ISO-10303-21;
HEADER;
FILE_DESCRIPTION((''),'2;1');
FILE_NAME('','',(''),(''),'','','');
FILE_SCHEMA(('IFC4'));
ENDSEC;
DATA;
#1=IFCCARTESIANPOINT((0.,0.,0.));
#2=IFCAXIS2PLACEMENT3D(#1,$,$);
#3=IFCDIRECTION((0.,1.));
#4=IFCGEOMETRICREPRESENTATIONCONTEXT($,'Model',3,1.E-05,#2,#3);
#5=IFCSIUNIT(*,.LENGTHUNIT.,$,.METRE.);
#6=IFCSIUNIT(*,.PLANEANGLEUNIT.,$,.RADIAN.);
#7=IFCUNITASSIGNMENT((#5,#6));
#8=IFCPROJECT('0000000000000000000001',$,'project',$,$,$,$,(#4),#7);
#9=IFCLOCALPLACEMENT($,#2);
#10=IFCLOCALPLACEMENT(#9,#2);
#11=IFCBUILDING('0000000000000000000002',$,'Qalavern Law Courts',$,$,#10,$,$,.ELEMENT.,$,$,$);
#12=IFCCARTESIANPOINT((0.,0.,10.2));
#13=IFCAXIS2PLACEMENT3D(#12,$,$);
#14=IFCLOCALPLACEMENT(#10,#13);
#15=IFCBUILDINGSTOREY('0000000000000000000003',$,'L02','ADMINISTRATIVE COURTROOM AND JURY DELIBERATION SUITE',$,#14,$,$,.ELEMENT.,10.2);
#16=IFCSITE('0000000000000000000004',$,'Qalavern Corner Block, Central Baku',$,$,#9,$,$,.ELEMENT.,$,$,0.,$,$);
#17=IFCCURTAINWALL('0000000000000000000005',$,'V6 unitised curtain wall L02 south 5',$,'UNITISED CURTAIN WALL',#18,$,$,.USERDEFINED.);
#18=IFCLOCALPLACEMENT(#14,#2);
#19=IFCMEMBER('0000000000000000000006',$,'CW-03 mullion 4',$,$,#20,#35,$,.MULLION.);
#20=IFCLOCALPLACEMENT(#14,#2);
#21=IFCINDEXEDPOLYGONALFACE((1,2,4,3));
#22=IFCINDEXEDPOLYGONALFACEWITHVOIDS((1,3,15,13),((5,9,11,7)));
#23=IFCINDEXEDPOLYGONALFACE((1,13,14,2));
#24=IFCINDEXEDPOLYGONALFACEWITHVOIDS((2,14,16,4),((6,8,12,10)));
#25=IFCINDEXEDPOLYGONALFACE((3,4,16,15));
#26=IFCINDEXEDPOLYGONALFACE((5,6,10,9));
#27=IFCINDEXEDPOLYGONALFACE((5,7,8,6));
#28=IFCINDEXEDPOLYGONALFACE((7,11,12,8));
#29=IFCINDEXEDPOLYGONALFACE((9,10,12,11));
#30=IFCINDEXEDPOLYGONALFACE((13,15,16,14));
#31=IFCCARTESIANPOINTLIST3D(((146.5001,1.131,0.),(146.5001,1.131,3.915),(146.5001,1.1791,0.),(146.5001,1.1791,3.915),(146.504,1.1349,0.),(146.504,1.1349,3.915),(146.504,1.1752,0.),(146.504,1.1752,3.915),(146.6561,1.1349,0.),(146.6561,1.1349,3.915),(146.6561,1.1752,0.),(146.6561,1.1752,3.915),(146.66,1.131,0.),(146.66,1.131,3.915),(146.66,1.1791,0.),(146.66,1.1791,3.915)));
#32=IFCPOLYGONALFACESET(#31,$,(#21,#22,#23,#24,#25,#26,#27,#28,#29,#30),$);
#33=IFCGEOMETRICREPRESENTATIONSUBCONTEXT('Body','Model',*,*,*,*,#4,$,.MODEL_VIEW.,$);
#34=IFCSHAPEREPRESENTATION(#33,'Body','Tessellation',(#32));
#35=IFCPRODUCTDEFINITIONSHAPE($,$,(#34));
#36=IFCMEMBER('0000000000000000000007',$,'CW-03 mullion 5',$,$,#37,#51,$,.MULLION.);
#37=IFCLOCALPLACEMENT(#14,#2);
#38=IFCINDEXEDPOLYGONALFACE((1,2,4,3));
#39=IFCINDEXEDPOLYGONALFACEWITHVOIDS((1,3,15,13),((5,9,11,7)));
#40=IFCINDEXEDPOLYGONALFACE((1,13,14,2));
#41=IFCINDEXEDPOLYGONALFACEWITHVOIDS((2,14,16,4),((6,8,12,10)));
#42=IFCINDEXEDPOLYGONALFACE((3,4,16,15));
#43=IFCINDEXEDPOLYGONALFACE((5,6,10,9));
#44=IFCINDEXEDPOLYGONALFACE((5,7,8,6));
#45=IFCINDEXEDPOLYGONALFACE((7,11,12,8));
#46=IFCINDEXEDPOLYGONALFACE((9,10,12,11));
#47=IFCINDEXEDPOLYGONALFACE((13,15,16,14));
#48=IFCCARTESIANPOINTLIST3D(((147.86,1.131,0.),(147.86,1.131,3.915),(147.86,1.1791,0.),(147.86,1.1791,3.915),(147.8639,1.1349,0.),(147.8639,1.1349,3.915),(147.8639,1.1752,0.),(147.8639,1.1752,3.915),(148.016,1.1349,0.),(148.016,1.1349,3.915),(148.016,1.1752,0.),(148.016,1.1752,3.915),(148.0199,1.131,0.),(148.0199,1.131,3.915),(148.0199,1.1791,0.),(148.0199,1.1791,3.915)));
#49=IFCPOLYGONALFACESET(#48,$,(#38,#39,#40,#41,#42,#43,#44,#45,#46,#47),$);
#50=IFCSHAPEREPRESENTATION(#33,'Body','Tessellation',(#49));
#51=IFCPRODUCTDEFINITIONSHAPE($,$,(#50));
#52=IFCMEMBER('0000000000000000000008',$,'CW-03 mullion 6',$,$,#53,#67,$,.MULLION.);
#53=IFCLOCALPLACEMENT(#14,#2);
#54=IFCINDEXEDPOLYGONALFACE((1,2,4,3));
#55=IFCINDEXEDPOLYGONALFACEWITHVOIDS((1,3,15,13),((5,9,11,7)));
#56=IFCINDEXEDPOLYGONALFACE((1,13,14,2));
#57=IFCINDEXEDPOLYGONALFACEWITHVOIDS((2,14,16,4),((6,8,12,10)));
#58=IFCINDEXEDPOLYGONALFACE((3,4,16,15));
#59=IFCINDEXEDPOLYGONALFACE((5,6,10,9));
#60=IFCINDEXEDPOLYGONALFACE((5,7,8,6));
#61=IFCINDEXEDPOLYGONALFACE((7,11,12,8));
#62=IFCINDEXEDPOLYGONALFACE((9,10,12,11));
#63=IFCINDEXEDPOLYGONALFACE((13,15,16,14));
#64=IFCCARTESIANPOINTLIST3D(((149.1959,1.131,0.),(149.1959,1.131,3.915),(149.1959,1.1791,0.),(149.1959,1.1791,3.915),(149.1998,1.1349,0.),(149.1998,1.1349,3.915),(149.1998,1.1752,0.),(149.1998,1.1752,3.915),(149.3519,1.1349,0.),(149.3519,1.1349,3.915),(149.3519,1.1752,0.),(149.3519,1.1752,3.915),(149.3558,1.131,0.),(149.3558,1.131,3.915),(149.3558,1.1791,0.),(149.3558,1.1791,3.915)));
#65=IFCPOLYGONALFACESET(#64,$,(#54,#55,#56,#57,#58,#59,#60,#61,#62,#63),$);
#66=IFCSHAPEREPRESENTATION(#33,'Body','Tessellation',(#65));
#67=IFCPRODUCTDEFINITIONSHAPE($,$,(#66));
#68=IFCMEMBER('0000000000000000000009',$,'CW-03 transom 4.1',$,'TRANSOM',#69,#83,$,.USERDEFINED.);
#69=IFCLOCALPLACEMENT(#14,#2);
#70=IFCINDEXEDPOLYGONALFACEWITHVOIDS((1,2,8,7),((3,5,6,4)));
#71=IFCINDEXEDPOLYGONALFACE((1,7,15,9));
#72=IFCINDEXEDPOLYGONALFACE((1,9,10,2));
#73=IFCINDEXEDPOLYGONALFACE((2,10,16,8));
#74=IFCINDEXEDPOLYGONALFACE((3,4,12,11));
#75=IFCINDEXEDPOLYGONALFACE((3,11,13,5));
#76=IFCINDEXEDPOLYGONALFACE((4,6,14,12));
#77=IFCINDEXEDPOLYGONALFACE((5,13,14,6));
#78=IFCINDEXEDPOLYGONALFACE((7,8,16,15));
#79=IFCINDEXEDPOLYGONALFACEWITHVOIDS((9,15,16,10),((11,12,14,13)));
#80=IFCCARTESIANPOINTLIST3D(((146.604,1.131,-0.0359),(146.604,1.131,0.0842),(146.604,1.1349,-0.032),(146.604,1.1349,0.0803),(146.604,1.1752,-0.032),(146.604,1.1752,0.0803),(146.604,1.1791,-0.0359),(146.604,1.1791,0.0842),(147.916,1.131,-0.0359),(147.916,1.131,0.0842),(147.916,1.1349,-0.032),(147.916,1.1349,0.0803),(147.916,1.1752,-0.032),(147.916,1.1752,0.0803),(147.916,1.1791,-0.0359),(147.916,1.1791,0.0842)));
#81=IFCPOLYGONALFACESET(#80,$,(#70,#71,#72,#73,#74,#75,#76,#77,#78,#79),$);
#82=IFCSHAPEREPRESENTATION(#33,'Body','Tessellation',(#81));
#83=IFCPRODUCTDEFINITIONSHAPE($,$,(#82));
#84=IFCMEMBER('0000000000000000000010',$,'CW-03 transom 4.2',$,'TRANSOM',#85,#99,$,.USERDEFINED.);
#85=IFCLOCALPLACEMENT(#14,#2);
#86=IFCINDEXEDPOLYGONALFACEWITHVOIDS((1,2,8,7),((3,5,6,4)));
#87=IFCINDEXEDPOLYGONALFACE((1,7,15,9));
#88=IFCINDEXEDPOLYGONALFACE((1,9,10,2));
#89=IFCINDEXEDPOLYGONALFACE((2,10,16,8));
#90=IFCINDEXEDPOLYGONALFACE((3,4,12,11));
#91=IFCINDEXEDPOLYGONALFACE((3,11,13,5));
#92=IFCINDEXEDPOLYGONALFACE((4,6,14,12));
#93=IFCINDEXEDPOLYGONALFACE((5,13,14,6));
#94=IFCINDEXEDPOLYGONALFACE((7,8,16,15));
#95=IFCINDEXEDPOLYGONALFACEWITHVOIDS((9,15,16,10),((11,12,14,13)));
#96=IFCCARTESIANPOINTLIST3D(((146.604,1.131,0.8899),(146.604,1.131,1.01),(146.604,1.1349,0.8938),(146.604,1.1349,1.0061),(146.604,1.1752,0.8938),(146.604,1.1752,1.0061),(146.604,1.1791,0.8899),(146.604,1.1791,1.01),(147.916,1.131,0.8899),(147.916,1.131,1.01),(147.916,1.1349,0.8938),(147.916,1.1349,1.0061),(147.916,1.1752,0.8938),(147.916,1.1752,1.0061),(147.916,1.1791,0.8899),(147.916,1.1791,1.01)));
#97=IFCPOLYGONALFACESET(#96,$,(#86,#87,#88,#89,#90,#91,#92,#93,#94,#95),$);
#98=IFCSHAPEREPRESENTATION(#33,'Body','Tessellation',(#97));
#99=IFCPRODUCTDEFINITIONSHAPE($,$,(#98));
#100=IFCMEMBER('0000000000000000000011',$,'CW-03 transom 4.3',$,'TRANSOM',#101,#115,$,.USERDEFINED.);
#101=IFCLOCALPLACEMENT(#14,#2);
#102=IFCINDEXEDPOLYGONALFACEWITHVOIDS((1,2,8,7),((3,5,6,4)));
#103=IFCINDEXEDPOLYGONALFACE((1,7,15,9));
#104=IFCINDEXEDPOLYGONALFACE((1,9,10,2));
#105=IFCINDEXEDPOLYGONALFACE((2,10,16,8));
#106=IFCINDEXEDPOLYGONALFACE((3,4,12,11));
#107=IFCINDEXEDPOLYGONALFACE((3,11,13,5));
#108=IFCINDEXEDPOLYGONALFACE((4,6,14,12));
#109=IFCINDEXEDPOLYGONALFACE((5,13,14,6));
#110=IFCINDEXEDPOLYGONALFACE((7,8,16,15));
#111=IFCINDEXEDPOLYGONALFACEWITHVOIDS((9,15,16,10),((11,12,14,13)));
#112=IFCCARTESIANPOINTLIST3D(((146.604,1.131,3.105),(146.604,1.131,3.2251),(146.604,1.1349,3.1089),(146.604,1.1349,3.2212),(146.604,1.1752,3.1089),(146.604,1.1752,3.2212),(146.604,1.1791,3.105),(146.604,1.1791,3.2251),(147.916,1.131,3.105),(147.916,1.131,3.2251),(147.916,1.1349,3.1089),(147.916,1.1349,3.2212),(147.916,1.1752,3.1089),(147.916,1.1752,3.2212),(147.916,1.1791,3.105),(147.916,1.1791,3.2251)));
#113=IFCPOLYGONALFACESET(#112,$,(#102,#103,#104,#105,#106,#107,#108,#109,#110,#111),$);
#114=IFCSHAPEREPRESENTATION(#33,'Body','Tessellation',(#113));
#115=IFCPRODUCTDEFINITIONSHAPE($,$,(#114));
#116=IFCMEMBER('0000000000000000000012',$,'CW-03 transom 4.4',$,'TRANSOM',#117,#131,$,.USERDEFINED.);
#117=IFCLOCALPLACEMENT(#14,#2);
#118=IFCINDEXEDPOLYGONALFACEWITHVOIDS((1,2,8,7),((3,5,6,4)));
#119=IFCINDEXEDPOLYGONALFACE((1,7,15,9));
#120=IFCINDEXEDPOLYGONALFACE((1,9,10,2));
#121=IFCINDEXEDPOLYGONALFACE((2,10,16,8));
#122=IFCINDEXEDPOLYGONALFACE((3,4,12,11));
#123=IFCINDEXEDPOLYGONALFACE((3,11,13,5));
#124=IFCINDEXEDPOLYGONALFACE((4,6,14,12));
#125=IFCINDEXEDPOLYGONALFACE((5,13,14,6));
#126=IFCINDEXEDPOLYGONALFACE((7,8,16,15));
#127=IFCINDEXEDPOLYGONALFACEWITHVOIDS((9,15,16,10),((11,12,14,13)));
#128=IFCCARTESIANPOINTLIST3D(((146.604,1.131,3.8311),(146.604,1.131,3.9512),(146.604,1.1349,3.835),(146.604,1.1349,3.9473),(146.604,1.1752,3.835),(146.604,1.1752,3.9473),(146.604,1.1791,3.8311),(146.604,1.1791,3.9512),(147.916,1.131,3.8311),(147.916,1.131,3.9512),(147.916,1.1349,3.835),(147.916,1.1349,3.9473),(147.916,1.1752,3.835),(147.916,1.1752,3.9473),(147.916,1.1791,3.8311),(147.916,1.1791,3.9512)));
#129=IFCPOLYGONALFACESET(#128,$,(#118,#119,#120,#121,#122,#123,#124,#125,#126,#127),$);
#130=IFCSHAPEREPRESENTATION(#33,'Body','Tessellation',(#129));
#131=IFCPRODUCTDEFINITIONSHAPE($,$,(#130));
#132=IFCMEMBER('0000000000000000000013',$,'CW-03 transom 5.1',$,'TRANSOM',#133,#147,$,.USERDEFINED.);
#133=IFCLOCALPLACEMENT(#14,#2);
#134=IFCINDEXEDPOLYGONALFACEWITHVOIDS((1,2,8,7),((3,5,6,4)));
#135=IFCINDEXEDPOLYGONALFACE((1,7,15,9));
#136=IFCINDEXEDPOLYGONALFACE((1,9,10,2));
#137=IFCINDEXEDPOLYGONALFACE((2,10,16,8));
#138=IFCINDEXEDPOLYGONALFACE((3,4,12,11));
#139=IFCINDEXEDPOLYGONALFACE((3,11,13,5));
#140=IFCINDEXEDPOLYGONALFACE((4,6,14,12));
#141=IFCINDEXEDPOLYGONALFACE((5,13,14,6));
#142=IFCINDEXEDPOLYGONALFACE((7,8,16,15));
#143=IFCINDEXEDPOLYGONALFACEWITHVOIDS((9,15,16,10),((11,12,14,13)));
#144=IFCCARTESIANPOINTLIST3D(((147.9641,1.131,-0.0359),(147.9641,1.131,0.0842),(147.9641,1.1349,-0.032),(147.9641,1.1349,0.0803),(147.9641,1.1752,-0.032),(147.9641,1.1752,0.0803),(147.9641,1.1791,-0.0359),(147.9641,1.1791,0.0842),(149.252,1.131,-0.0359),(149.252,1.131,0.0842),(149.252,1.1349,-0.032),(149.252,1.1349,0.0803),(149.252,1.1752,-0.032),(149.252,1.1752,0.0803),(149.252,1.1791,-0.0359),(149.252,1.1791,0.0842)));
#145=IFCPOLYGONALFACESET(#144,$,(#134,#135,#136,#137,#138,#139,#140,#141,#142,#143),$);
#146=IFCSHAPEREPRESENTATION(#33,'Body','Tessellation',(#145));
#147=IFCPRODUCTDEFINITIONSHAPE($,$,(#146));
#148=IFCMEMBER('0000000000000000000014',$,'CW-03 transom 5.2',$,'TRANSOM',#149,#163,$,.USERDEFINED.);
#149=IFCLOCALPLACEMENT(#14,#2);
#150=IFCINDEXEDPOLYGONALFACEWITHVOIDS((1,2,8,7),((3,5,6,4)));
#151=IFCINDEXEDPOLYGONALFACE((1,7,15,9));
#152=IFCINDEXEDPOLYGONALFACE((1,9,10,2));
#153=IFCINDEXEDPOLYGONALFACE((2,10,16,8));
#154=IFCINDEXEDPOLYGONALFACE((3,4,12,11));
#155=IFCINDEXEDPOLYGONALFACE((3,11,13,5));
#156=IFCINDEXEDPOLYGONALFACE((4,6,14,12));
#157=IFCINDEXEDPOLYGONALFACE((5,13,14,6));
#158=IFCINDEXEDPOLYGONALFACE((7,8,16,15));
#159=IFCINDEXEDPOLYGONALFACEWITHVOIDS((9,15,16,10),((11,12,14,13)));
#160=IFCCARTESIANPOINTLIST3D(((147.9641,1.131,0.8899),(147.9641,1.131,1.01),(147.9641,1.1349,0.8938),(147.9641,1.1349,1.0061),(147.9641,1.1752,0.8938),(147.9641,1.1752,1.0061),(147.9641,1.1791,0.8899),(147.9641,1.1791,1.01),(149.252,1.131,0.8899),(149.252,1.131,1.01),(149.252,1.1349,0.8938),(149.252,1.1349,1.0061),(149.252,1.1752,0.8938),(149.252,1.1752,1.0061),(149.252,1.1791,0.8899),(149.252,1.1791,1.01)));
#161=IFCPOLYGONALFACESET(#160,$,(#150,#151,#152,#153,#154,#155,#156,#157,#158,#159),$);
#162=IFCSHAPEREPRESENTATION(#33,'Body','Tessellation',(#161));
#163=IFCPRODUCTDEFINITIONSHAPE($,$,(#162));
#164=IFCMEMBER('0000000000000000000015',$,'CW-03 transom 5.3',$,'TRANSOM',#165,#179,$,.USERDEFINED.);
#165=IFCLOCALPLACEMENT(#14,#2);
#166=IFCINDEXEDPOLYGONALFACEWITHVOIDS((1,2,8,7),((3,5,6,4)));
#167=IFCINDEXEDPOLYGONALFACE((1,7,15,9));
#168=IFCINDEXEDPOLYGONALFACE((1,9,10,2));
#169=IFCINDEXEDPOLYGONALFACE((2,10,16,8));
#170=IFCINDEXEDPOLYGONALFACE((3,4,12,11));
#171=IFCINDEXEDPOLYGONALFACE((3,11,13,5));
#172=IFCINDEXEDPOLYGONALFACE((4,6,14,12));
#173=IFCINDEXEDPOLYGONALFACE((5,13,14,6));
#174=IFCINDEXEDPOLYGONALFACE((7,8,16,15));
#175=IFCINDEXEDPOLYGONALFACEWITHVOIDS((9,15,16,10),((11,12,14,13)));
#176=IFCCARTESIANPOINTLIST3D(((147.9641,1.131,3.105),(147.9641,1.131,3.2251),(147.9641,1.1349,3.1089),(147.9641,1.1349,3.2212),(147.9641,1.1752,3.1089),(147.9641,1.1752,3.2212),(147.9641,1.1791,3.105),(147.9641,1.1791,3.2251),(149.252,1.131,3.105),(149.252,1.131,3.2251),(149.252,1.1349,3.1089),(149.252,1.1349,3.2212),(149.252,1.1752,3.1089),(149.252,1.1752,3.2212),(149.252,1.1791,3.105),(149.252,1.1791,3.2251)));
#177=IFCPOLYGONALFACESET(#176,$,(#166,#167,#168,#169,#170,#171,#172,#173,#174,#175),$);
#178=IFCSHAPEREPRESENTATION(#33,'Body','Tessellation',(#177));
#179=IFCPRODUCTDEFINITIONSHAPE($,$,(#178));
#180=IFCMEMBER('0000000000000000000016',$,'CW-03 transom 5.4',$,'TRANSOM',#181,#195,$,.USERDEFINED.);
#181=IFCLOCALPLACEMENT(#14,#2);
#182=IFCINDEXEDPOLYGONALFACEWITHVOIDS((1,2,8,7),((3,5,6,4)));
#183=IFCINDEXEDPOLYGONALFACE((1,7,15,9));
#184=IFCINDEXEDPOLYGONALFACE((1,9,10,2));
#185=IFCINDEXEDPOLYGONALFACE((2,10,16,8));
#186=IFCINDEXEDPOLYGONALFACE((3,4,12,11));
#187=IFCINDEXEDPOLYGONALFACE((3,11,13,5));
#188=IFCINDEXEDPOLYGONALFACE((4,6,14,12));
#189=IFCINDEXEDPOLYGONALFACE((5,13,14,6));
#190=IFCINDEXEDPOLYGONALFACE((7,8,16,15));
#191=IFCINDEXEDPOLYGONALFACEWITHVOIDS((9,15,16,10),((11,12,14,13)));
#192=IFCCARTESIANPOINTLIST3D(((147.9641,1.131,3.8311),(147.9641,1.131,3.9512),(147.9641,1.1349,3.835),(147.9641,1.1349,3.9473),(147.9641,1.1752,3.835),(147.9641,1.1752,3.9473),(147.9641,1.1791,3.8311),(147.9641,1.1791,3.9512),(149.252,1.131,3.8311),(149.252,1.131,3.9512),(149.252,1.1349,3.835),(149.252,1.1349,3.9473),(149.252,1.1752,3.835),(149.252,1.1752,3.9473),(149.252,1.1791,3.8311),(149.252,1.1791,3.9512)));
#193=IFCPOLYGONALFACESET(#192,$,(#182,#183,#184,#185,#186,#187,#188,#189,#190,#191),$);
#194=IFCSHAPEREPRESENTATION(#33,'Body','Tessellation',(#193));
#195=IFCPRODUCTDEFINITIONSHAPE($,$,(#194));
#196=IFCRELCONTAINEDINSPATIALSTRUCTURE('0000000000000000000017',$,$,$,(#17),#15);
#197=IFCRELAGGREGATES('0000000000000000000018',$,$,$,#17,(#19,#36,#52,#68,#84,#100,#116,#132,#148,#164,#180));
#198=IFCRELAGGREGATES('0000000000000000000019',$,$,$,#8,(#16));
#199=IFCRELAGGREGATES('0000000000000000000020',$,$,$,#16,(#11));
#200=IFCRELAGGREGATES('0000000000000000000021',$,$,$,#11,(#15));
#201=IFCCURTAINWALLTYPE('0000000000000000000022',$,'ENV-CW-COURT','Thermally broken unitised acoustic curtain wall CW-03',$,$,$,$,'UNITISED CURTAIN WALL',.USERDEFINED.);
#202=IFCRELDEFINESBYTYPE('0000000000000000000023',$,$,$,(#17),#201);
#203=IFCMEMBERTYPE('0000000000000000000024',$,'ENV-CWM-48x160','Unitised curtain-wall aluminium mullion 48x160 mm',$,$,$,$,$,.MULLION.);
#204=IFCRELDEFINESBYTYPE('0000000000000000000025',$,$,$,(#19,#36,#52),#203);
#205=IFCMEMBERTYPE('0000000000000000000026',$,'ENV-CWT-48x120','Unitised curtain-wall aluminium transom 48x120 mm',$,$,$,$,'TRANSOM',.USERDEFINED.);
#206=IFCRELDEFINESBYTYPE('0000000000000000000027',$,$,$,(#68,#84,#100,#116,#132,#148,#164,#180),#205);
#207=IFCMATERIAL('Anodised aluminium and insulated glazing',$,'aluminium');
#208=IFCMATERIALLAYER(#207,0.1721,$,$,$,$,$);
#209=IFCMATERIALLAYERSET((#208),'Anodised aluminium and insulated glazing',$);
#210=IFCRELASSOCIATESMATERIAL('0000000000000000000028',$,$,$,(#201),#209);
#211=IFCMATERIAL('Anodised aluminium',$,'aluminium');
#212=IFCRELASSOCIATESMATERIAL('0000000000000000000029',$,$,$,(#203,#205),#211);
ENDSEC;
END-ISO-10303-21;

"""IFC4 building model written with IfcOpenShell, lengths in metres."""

from ifc_helpers import new_model, si_unit, direction, frame, origin, origin_2d, place, context, subcontext, project, spatial, hollow_rectangle, extrude, material, layer, layer_set, material_profile, profile_set, type_object, element, aggregate, save


model = new_model("IFC4")

# Units and contexts
model_context = context("Model", 3, precision=1e-05, world=origin(), true_north=direction((0.0, 1.0)))
body_context = subcontext(model_context, "Body", "Model", "MODEL_VIEW")
ifc_project = project(units=[si_unit("LENGTHUNIT", "METRE"), si_unit("PLANEANGLEUNIT", "RADIAN")], contexts=[model_context])

# Site, building, storey
site_placement = place(None, origin())
site = spatial("IfcSite", under=ifc_project, at=site_placement, Name="Qalavern Corner Block, Central Baku", CompositionType="ELEMENT", RefElevation=0.0)
building_placement = place(site_placement, origin())
building = spatial("IfcBuilding", under=site, at=building_placement, Name="Qalavern Law Courts", CompositionType="ELEMENT")
storey_placement = place(building_placement, frame((0.0, 0.0, 10.2)))
storey = spatial("IfcBuildingStorey", under=building, at=storey_placement, Name="L02", Description="ADMINISTRATIVE COURTROOM AND JURY DELIBERATION SUITE", CompositionType="ELEMENT", Elevation=10.2)

# Curtain wall, members
ifc_material_1 = material(Name="Anodised aluminium and insulated glazing", Category="aluminium")
ifc_layer_1 = layer(ifc_material_1, 0.1721)
ifc_layer_set_1 = layer_set([ifc_layer_1], Name="Anodised aluminium and insulated glazing")
curtain_wall_type = type_object("IfcCurtainWallType", Name="ENV-CW-COURT", Description="Thermally broken unitised acoustic curtain wall CW-03", ElementType="UNITISED CURTAIN WALL", PredefinedType="USERDEFINED", material=ifc_layer_set_1)
curtain_wall_placement = place(storey_placement, origin())
curtain_wall = element("IfcCurtainWall", 1, at=curtain_wall_placement, inside=storey, type_object=curtain_wall_type, Name="V6 unitised curtain wall L02 south 5", ObjectType="UNITISED CURTAIN WALL", PredefinedType="USERDEFINED")
ifc_material_2 = material(Name="Anodised aluminium", Category="aluminium")
ifc_material_profile_1 = material_profile(ifc_material_2, hollow_rectangle(XDim=0.0481, YDim=0.1599, WallThickness=0.0039, at=origin_2d()), Name="ALU MULLION 48x160")
ifc_profile_set_1 = profile_set([ifc_material_profile_1], Name="Anodised aluminium")
member_type_1 = type_object("IfcMemberType", Name="ENV-CWM-48x160", Description="Unitised curtain-wall aluminium mullion 48x160 mm", PredefinedType="MULLION", material=ifc_profile_set_1)
member_1_placement = place(storey_placement, frame((146.5801, 1.155, 0.0), z_axis=(0.0, 0.0, 1.0), x_axis=(0.0, 1.0, 0.0)))
member_1 = element("IfcMember", 2, at=member_1_placement, type_object=member_type_1, Name="CW-03 mullion 4", PredefinedType="MULLION", context=body_context, shape_type="SweptSolid", body=[
    extrude(hollow_rectangle(XDim=0.0481, YDim=0.1599, WallThickness=0.0039, at=origin_2d()), origin(), (0.0, 0.0, 1.0), 3.915),
])
member_2_placement = place(storey_placement, frame((147.9399, 1.155, 0.0), z_axis=(0.0, 0.0, 1.0), x_axis=(0.0, 1.0, 0.0)))
member_2 = element("IfcMember", 3, at=member_2_placement, type_object=member_type_1, Name="CW-03 mullion 5", PredefinedType="MULLION", context=body_context, shape_type="SweptSolid", body=[
    extrude(hollow_rectangle(XDim=0.0481, YDim=0.1599, WallThickness=0.0039, at=origin_2d()), origin(), (0.0, 0.0, 1.0), 3.915),
])
member_3_placement = place(storey_placement, frame((149.2759, 1.155, 0.0), z_axis=(0.0, 0.0, 1.0), x_axis=(0.0, 1.0, 0.0)))
member_3 = element("IfcMember", 4, at=member_3_placement, type_object=member_type_1, Name="CW-03 mullion 6", PredefinedType="MULLION", context=body_context, shape_type="SweptSolid", body=[
    extrude(hollow_rectangle(XDim=0.0481, YDim=0.1599, WallThickness=0.0039, at=origin_2d()), origin(), (0.0, 0.0, 1.0), 3.915),
])
ifc_material_profile_2 = material_profile(ifc_material_2, hollow_rectangle(XDim=0.0481, YDim=0.1201, WallThickness=0.0039, at=origin_2d()), Name="ALU TRANSOM 48x120")
ifc_profile_set_2 = profile_set([ifc_material_profile_2], Name="Anodised aluminium")
member_type_2 = type_object("IfcMemberType", Name="ENV-CWT-48x120", Description="Unitised curtain-wall aluminium transom 48x120 mm", ElementType="TRANSOM", PredefinedType="USERDEFINED", material=ifc_profile_set_2)
member_4_placement = place(storey_placement, frame((146.604, 1.155, 0.0242), z_axis=(1.0, 0.0, 0.0), x_axis=(0.0, 1.0, 0.0)))
member_4 = element("IfcMember", 5, at=member_4_placement, type_object=member_type_2, Name="CW-03 transom 4.1", ObjectType="TRANSOM", PredefinedType="USERDEFINED", context=body_context, shape_type="SweptSolid", body=[
    extrude(hollow_rectangle(XDim=0.0481, YDim=0.1201, WallThickness=0.0039, at=origin_2d()), origin(), (0.0, 0.0, 1.0), 1.312),
])
member_5_placement = place(storey_placement, frame((146.604, 1.155, 0.95), z_axis=(1.0, 0.0, 0.0), x_axis=(0.0, 1.0, 0.0)))
member_5 = element("IfcMember", 6, at=member_5_placement, type_object=member_type_2, Name="CW-03 transom 4.2", ObjectType="TRANSOM", PredefinedType="USERDEFINED", context=body_context, shape_type="SweptSolid", body=[
    extrude(hollow_rectangle(XDim=0.0481, YDim=0.1201, WallThickness=0.0039, at=origin_2d()), origin(), (0.0, 0.0, 1.0), 1.312),
])
member_6_placement = place(storey_placement, frame((146.604, 1.155, 3.165), z_axis=(1.0, 0.0, 0.0), x_axis=(0.0, 1.0, 0.0)))
member_6 = element("IfcMember", 7, at=member_6_placement, type_object=member_type_2, Name="CW-03 transom 4.3", ObjectType="TRANSOM", PredefinedType="USERDEFINED", context=body_context, shape_type="SweptSolid", body=[
    extrude(hollow_rectangle(XDim=0.0481, YDim=0.1201, WallThickness=0.0039, at=origin_2d()), origin(), (0.0, 0.0, 1.0), 1.312),
])
member_7_placement = place(storey_placement, frame((146.604, 1.155, 3.8911), z_axis=(1.0, 0.0, 0.0), x_axis=(0.0, 1.0, 0.0)))
member_7 = element("IfcMember", 8, at=member_7_placement, type_object=member_type_2, Name="CW-03 transom 4.4", ObjectType="TRANSOM", PredefinedType="USERDEFINED", context=body_context, shape_type="SweptSolid", body=[
    extrude(hollow_rectangle(XDim=0.0481, YDim=0.1201, WallThickness=0.0039, at=origin_2d()), origin(), (0.0, 0.0, 1.0), 1.312),
])
member_8_placement = place(storey_placement, frame((147.9641, 1.155, 0.0242), z_axis=(1.0, 0.0, 0.0), x_axis=(0.0, 1.0, 0.0)))
member_8 = element("IfcMember", 9, at=member_8_placement, type_object=member_type_2, Name="CW-03 transom 5.1", ObjectType="TRANSOM", PredefinedType="USERDEFINED", context=body_context, shape_type="SweptSolid", body=[
    extrude(hollow_rectangle(XDim=0.0481, YDim=0.1201, WallThickness=0.0039, at=origin_2d()), origin(), (0.0, 0.0, 1.0), 1.2878),
])
member_9_placement = place(storey_placement, frame((147.9641, 1.155, 0.95), z_axis=(1.0, 0.0, 0.0), x_axis=(0.0, 1.0, 0.0)))
member_9 = element("IfcMember", 10, at=member_9_placement, type_object=member_type_2, Name="CW-03 transom 5.2", ObjectType="TRANSOM", PredefinedType="USERDEFINED", context=body_context, shape_type="SweptSolid", body=[
    extrude(hollow_rectangle(XDim=0.0481, YDim=0.1201, WallThickness=0.0039, at=origin_2d()), origin(), (0.0, 0.0, 1.0), 1.2878),
])
member_10_placement = place(storey_placement, frame((147.9641, 1.155, 3.165), z_axis=(1.0, 0.0, 0.0), x_axis=(0.0, 1.0, 0.0)))
member_10 = element("IfcMember", 11, at=member_10_placement, type_object=member_type_2, Name="CW-03 transom 5.3", ObjectType="TRANSOM", PredefinedType="USERDEFINED", context=body_context, shape_type="SweptSolid", body=[
    extrude(hollow_rectangle(XDim=0.0481, YDim=0.1201, WallThickness=0.0039, at=origin_2d()), origin(), (0.0, 0.0, 1.0), 1.2878),
])
member_11_placement = place(storey_placement, frame((147.9641, 1.155, 3.8911), z_axis=(1.0, 0.0, 0.0), x_axis=(0.0, 1.0, 0.0)))
member_11 = element("IfcMember", 12, at=member_11_placement, type_object=member_type_2, Name="CW-03 transom 5.4", ObjectType="TRANSOM", PredefinedType="USERDEFINED", context=body_context, shape_type="SweptSolid", body=[
    extrude(hollow_rectangle(XDim=0.0481, YDim=0.1201, WallThickness=0.0039, at=origin_2d()), origin(), (0.0, 0.0, 1.0), 1.2878),
])
aggregate(curtain_wall, [member_1, member_2, member_3, member_4, member_5, member_6, member_7, member_8, member_9, member_10, member_11])

save(model, "model.ifc")
